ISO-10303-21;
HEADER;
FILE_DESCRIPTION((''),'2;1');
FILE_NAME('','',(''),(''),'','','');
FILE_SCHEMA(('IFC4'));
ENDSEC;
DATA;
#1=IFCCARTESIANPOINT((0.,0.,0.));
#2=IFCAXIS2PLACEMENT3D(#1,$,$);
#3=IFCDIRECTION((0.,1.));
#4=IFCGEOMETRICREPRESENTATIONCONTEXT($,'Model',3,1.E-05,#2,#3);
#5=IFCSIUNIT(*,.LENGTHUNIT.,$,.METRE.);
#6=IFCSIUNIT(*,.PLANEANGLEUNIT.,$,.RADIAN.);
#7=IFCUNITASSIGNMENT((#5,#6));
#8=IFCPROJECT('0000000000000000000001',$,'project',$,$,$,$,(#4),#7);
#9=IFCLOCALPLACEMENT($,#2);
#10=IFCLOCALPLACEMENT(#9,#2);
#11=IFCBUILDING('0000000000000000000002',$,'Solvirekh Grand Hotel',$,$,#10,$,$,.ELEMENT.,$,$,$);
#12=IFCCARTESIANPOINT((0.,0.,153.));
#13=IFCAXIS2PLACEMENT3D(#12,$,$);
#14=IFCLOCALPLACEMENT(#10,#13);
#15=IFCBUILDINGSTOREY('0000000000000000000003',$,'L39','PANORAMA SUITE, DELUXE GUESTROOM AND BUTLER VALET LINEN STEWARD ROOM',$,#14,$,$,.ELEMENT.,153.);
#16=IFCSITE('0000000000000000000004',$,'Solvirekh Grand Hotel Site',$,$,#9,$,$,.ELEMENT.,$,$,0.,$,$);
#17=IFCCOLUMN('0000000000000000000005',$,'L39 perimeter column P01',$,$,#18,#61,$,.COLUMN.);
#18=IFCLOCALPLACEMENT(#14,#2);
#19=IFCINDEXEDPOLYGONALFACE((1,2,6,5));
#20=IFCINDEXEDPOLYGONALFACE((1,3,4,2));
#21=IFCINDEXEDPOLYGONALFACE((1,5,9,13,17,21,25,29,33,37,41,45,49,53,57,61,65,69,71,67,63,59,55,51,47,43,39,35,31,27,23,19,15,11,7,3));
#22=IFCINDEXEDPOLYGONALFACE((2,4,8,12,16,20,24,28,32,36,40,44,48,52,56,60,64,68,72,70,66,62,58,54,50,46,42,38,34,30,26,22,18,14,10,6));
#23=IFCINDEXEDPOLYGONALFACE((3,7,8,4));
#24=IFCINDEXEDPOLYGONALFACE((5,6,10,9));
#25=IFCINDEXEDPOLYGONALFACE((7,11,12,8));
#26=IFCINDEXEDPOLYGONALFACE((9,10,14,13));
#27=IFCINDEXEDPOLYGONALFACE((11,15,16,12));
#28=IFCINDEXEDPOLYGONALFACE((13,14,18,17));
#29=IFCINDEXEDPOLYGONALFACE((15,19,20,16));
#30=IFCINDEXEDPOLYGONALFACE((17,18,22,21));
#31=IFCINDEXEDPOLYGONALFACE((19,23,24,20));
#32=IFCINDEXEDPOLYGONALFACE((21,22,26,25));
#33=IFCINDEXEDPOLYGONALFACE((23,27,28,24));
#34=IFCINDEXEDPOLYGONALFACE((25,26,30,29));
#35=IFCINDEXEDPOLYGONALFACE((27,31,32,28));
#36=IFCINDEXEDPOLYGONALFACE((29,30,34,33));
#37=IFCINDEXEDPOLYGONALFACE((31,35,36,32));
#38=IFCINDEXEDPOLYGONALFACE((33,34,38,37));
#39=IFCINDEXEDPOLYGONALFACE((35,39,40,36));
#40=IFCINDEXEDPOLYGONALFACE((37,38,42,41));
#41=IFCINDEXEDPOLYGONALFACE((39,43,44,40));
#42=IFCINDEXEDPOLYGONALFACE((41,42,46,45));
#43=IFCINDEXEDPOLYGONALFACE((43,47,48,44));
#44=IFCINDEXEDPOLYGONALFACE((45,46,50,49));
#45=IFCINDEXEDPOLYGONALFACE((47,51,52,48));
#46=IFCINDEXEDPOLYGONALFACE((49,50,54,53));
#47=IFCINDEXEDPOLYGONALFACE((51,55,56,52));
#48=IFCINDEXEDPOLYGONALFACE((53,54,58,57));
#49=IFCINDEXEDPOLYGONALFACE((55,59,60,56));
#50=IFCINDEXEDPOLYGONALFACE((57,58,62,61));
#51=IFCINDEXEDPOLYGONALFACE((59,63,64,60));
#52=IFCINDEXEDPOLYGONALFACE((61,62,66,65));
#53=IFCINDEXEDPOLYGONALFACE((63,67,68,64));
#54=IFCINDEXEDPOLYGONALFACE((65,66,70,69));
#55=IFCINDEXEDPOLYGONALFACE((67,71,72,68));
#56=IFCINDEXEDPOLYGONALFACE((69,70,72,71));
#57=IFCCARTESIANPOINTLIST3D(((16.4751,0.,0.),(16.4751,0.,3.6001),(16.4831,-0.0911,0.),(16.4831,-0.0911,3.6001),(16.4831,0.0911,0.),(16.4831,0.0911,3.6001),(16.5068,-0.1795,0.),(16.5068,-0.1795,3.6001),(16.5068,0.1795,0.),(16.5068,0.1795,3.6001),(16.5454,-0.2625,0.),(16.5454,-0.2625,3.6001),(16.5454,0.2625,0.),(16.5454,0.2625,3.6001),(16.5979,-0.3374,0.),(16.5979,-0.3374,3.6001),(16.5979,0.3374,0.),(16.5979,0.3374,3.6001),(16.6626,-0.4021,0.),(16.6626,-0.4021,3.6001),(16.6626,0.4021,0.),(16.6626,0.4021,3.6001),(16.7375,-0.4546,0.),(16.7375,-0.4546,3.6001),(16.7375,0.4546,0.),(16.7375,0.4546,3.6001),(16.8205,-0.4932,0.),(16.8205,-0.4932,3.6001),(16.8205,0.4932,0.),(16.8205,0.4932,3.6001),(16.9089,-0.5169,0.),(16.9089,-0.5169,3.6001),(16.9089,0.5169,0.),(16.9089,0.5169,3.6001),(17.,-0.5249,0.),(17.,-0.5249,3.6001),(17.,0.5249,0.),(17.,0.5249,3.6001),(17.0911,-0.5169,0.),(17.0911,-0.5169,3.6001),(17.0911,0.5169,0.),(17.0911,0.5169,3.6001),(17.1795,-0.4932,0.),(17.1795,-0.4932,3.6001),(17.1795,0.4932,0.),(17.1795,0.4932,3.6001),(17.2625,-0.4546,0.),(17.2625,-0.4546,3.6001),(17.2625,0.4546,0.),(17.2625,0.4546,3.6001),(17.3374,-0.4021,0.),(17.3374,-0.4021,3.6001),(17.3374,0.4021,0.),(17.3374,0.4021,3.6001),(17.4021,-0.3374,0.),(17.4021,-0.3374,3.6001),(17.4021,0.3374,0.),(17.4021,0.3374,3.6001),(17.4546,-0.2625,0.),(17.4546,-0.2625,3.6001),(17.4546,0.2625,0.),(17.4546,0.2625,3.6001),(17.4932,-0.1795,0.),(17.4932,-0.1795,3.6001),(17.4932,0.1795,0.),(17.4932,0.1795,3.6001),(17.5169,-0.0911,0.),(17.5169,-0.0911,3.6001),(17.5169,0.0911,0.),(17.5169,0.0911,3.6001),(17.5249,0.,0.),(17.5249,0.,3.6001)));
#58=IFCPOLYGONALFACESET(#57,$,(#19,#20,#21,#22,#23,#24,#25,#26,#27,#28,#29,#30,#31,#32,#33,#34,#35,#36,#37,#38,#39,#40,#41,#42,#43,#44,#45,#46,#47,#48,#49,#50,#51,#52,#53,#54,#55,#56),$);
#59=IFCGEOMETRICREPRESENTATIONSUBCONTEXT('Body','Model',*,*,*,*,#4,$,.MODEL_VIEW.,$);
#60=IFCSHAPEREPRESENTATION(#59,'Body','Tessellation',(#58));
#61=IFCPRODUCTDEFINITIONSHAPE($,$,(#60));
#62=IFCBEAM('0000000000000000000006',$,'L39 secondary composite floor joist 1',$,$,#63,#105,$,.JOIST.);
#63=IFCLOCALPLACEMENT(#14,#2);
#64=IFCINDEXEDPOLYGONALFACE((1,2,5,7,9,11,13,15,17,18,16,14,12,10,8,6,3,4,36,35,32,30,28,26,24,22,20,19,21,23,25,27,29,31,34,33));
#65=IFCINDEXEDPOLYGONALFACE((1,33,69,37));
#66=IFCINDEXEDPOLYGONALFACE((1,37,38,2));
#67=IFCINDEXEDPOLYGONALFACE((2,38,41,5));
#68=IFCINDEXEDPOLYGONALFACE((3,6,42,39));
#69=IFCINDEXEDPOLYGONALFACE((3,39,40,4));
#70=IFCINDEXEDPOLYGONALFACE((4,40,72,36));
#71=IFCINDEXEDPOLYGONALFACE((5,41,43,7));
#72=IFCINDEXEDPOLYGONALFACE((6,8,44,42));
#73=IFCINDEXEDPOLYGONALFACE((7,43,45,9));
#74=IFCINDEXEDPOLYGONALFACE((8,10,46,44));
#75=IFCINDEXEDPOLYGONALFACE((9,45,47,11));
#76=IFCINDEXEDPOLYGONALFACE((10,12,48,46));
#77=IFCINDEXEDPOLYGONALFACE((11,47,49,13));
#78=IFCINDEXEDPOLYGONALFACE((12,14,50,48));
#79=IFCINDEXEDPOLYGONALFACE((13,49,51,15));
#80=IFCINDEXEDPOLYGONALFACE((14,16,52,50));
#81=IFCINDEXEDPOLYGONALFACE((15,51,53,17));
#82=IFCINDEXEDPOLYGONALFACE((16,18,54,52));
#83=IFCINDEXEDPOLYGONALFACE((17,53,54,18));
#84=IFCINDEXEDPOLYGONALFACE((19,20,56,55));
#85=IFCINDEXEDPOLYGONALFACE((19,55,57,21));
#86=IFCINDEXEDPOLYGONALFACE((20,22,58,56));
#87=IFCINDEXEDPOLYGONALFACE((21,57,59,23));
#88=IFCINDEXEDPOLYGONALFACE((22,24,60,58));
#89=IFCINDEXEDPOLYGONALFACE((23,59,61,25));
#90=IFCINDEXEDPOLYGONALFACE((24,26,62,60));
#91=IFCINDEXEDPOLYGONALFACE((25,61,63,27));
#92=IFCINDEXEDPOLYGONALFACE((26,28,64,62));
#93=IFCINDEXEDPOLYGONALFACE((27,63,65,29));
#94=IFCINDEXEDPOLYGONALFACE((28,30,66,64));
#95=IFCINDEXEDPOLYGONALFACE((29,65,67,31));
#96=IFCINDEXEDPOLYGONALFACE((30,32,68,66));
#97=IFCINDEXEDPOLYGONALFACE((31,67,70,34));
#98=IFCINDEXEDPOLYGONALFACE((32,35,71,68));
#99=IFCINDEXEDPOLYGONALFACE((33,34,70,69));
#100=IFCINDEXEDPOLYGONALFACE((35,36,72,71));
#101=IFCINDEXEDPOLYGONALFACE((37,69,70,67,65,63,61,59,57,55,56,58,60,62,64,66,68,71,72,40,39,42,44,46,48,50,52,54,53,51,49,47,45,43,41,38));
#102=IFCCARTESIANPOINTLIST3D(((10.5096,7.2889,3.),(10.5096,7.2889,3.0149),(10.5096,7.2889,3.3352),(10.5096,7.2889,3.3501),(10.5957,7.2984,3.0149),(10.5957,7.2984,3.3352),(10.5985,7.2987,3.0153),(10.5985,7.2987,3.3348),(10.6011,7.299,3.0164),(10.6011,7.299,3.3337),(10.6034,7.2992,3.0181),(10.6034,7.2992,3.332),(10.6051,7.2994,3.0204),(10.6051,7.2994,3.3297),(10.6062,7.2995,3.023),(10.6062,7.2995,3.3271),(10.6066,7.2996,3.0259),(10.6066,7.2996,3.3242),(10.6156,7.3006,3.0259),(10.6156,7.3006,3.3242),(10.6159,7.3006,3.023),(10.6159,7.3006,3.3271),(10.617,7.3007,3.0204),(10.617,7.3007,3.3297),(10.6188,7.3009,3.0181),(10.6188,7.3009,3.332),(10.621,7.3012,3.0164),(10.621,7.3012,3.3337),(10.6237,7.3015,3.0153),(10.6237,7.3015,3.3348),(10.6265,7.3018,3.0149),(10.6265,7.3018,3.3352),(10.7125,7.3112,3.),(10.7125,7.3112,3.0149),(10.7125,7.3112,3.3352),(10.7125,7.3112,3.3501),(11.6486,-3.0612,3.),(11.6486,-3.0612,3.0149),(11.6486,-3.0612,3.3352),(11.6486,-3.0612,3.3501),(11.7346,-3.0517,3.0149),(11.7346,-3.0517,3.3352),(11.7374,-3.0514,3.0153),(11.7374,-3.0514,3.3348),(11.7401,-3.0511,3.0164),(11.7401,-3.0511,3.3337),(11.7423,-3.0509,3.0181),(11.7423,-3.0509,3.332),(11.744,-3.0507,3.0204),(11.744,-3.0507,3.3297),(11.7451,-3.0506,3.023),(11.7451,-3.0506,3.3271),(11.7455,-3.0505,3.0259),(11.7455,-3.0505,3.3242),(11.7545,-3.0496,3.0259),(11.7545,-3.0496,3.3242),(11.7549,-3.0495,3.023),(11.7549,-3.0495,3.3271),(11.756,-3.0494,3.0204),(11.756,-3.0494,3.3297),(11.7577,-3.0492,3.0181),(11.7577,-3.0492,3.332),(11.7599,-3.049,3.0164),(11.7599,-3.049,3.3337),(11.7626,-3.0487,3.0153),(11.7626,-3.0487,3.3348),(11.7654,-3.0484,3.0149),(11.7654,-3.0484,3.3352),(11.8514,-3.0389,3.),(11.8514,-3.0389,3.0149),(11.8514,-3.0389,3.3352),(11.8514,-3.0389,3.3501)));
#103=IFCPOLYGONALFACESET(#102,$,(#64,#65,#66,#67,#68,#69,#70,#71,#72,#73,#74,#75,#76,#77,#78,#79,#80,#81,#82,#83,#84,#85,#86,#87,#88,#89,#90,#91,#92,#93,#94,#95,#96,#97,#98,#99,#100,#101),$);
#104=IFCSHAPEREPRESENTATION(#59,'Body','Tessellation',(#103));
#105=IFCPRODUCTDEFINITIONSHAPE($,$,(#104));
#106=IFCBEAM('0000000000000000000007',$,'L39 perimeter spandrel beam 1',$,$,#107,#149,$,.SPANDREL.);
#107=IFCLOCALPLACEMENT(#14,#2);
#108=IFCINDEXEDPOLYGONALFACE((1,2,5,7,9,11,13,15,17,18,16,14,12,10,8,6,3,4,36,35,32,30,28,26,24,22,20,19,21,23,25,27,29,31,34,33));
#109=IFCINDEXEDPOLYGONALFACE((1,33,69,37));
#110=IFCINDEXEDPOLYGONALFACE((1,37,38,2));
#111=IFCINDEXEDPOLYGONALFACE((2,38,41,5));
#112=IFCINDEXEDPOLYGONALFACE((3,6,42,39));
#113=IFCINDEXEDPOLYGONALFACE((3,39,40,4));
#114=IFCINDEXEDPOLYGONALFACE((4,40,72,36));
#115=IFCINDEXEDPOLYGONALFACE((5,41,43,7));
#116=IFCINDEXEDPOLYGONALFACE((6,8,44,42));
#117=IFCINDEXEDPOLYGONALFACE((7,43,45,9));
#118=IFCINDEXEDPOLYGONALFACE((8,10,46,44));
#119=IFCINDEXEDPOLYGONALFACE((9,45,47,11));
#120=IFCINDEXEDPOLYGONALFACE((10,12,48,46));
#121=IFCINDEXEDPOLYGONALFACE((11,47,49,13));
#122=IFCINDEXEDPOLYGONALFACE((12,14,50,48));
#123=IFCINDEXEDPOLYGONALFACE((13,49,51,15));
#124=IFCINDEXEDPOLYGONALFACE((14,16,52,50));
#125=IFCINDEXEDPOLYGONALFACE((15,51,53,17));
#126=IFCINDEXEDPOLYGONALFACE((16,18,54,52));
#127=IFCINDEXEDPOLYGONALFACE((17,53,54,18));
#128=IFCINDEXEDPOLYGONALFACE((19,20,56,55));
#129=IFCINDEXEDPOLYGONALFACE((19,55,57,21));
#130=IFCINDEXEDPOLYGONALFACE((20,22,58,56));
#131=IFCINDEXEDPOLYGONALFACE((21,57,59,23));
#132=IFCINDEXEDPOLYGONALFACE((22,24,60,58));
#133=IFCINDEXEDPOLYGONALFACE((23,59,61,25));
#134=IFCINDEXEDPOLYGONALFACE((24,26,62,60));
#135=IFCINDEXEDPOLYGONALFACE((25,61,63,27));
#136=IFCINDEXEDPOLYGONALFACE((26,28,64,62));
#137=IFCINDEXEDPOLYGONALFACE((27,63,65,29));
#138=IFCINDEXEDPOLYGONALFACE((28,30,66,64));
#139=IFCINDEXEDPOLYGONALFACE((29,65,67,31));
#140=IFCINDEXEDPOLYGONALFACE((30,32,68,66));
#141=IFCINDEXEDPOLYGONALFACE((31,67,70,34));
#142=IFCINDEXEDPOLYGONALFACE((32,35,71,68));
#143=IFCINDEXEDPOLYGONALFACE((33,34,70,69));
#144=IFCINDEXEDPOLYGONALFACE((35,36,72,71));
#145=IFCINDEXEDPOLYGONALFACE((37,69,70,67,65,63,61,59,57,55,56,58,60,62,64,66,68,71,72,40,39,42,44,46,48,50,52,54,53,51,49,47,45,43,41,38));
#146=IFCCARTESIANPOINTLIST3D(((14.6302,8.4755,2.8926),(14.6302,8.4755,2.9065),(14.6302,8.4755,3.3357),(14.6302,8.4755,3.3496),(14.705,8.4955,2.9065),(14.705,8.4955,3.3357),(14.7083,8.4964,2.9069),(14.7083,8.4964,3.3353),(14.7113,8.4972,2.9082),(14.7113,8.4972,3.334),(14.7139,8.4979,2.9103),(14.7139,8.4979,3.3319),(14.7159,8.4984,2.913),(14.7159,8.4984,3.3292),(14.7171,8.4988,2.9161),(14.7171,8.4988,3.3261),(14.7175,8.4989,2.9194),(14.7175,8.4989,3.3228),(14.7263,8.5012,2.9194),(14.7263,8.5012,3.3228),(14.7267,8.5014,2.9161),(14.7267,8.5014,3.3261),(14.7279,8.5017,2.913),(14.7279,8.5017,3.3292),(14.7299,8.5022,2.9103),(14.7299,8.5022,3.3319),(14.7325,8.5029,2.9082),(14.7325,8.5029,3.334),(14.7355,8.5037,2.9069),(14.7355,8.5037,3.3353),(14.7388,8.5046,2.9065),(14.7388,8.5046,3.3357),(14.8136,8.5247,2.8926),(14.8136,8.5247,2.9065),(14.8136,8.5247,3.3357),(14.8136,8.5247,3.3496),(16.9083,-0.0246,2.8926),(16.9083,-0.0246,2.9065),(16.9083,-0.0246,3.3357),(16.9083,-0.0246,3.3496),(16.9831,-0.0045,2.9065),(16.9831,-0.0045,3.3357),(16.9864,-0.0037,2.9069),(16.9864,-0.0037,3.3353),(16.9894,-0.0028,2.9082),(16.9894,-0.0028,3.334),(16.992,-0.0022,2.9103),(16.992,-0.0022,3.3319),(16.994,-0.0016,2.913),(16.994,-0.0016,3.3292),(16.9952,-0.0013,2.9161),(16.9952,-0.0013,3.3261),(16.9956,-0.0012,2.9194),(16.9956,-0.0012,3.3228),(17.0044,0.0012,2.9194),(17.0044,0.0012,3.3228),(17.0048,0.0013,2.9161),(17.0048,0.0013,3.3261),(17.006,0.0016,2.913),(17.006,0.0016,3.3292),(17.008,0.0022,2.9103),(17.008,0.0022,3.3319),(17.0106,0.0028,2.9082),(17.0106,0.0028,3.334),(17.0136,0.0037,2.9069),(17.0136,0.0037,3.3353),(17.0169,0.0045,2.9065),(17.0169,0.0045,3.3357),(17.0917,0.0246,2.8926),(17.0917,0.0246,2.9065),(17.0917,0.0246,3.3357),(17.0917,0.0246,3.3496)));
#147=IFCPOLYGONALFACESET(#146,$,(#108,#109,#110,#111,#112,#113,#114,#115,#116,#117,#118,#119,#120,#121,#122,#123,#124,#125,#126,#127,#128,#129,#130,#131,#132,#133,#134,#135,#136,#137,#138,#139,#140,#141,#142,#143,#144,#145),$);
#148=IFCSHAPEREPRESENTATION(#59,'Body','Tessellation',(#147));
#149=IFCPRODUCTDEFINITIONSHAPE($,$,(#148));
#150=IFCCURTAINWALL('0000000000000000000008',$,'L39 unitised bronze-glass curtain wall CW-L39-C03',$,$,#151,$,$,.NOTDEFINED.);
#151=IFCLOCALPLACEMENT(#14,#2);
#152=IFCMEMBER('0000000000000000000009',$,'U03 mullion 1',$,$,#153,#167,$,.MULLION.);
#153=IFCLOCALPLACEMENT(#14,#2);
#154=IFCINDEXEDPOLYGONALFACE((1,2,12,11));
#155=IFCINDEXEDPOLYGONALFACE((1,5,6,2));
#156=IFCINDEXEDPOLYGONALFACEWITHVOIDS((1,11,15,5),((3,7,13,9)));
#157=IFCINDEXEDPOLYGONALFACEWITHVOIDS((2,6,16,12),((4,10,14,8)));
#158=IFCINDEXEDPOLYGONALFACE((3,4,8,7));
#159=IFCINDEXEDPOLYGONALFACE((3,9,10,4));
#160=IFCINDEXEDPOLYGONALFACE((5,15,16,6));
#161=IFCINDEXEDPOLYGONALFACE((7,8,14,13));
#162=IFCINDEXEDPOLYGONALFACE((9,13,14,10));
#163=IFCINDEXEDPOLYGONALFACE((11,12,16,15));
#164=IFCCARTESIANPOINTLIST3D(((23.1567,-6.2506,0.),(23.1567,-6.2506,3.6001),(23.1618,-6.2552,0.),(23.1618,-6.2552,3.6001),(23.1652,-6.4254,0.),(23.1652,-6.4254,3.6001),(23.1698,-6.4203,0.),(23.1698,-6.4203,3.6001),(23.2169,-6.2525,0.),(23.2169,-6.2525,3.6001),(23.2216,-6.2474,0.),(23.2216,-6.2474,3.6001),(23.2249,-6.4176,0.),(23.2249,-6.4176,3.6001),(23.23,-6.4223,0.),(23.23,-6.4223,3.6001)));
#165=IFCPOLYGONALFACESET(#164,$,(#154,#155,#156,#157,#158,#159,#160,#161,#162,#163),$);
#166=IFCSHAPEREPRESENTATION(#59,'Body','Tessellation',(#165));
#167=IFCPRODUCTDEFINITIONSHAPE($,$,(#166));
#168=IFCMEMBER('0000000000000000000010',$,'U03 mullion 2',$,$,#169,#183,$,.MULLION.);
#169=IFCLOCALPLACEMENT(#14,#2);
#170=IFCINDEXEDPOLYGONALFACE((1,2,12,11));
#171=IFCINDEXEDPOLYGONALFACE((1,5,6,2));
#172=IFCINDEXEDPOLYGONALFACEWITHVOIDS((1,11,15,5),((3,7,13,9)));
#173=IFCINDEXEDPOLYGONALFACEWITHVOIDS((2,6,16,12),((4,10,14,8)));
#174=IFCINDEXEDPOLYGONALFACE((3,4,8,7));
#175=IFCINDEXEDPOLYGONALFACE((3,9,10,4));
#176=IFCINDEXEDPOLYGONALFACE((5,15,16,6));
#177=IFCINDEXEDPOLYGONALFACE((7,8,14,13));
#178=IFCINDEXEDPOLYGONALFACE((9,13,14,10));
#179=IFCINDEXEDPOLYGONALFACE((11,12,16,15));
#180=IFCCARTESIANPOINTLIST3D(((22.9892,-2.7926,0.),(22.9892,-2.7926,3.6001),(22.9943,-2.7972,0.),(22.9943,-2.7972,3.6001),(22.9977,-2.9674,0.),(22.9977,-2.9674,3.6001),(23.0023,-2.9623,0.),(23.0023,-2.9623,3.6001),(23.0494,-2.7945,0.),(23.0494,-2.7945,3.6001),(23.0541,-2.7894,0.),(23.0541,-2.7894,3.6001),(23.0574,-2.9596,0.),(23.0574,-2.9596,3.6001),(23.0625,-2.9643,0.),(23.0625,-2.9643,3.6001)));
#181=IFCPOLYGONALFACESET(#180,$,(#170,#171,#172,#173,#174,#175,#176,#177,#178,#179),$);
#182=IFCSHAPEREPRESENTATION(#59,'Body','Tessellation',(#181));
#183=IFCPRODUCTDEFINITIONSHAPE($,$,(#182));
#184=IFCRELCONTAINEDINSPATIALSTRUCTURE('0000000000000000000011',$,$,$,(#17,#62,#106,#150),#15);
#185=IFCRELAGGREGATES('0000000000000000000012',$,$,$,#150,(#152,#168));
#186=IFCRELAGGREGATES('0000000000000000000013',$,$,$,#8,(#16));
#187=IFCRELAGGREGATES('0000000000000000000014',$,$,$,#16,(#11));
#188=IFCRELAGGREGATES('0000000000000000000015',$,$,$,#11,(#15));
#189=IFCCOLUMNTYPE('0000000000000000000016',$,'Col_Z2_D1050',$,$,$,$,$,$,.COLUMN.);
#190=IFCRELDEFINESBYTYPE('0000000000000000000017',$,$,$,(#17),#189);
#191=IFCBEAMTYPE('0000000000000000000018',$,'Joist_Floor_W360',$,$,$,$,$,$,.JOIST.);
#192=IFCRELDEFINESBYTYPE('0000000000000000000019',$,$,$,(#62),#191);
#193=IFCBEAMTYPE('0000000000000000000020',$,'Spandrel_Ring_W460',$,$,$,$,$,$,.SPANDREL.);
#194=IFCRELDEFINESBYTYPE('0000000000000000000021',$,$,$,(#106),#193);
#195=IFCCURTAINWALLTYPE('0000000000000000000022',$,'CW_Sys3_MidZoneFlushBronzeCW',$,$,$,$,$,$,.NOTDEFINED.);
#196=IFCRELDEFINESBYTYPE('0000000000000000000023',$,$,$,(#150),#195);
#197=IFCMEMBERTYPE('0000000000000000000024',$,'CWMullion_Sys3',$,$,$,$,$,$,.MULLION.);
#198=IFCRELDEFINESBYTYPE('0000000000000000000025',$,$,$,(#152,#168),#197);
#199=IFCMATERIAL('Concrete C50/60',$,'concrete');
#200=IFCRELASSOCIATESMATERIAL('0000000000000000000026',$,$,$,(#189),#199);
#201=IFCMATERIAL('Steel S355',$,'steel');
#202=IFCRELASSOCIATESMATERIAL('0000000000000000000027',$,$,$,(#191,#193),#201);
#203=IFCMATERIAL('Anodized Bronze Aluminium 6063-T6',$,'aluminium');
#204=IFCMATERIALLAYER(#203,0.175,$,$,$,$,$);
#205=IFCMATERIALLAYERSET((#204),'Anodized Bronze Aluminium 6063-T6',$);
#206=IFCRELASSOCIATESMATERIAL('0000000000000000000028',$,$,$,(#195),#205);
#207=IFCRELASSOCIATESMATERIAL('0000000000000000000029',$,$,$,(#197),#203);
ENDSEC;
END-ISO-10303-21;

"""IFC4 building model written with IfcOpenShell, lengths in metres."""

from ifc_helpers import new_model, si_unit, direction, frame, origin, origin_2d, place, context, subcontext, project, spatial, hollow_rectangle, circle, i_section, extrude, source, transform, mapped, material, layer, layer_set, material_profile, profile_set, type_object, element, aggregate, save


model = new_model("IFC4")

# Units and contexts
model_context = context("Model", 3, precision=1e-05, world=origin(), true_north=direction((0.0, 1.0)))
body_context = subcontext(model_context, "Body", "Model", "MODEL_VIEW")
ifc_project = project(units=[si_unit("LENGTHUNIT", "METRE"), si_unit("PLANEANGLEUNIT", "RADIAN")], contexts=[model_context])

# Site, building, storey
site_placement = place(None, origin())
site = spatial("IfcSite", under=ifc_project, at=site_placement, Name="Solvirekh Grand Hotel Site", CompositionType="ELEMENT", RefElevation=0.0)
building_placement = place(site_placement, origin())
building = spatial("IfcBuilding", under=site, at=building_placement, Name="Solvirekh Grand Hotel", CompositionType="ELEMENT")
storey_placement = place(building_placement, frame((0.0, 0.0, 153.0)))
storey = spatial("IfcBuildingStorey", under=building, at=storey_placement, Name="L39", Description="PANORAMA SUITE, DELUXE GUESTROOM AND BUTLER VALET LINEN STEWARD ROOM", CompositionType="ELEMENT", Elevation=153.0)

# Column
ifc_material_1 = material(Name="Concrete C50/60", Category="concrete")
ifc_material_profile_1 = material_profile(ifc_material_1, circle(Radius=0.5249, at=origin_2d()), Name="RC CIRC D1050")
ifc_profile_set_1 = profile_set([ifc_material_profile_1], Name="Concrete C50/60")
column_type = type_object("IfcColumnType", Name="Col_Z2_D1050", PredefinedType="COLUMN", material=ifc_profile_set_1)
column_placement = place(storey_placement, frame((17.0, 0.0, 0.0), z_axis=(0.0, 0.0, 1.0), x_axis=(1.0, 0.0, 0.0)))
element("IfcColumn", 1, at=column_placement, inside=storey, type_object=column_type, Name="L39 perimeter column P01", PredefinedType="COLUMN", context=body_context, shape_type="SweptSolid", body=[
    extrude(circle(Radius=0.5249, at=origin_2d()), origin(), (0.0, 0.0, 1.0), 3.6001),
])

# Beams
ifc_material_2 = material(Name="Steel S355", Category="steel")
ifc_material_profile_2 = material_profile(ifc_material_2, i_section(OverallWidth=0.2041, OverallDepth=0.3501, WebThickness=0.009, FlangeThickness=0.0149, FilletRadius=0.011, at=origin_2d()), Name="W360X72")
ifc_profile_set_2 = profile_set([ifc_material_profile_2], Name="Steel S355")
beam_type_1 = type_object("IfcBeamType", Name="Joist_Floor_W360", PredefinedType="JOIST", material=ifc_profile_set_2)
beam_1_placement = place(storey_placement, frame((11.75, -3.05, 3.175), z_axis=(-0.109379, 0.994, 0.0), x_axis=(-0.994, -0.109379, 0.0)))
element("IfcBeam", 2, at=beam_1_placement, inside=storey, type_object=beam_type_1, Name="L39 secondary composite floor joist 1", PredefinedType="JOIST", context=body_context, shape_type="SweptSolid", body=[
    extrude(i_section(OverallWidth=0.2041, OverallDepth=0.3501, WebThickness=0.009, FlangeThickness=0.0149, FilletRadius=0.011, at=origin_2d()), origin(), (0.0, 0.0, 1.0), 10.4126),
])
ifc_material_profile_3 = material_profile(ifc_material_2, i_section(OverallWidth=0.1899, OverallDepth=0.457, WebThickness=0.009, FlangeThickness=0.0139, FilletRadius=0.0129, at=origin_2d()), Name="W460X74")
ifc_profile_set_3 = profile_set([ifc_material_profile_3], Name="Steel S355")
beam_type_2 = type_object("IfcBeamType", Name="Spandrel_Ring_W460", PredefinedType="SPANDREL", material=ifc_profile_set_3)
beam_2_placement = place(storey_placement, frame((17.0, 0.0, 3.1211), z_axis=(-0.258873, 0.965911, 0.0), x_axis=(-0.965911, -0.258873, 0.0)))
element("IfcBeam", 3, at=beam_2_placement, inside=storey, type_object=beam_type_2, Name="L39 perimeter spandrel beam 1", PredefinedType="SPANDREL", context=body_context, shape_type="SweptSolid", body=[
    extrude(i_section(OverallWidth=0.1899, OverallDepth=0.457, WebThickness=0.009, FlangeThickness=0.0139, FilletRadius=0.0129, at=origin_2d()), origin(), (0.0, 0.0, 1.0), 8.8),
])

# Curtain wall, members
ifc_material_3 = material(Name="Anodized Bronze Aluminium 6063-T6", Category="aluminium")
ifc_layer_1 = layer(ifc_material_3, 0.175)
ifc_layer_set_1 = layer_set([ifc_layer_1], Name="Anodized Bronze Aluminium 6063-T6")
curtain_wall_type = type_object("IfcCurtainWallType", Name="CW_Sys3_MidZoneFlushBronzeCW", PredefinedType="NOTDEFINED", material=ifc_layer_set_1)
curtain_wall_placement = place(storey_placement, origin())
curtain_wall = element("IfcCurtainWall", 4, at=curtain_wall_placement, inside=storey, type_object=curtain_wall_type, Name="L39 unitised bronze-glass curtain wall CW-L39-C03", PredefinedType="NOTDEFINED")
ifc_material_profile_4 = material_profile(ifc_material_3, hollow_rectangle(XDim=0.0649, YDim=0.175, WallThickness=0.0049, at=origin_2d()), Name="ALU RHS 175X65X5")
ifc_profile_set_4 = profile_set([ifc_material_profile_4], Name="Anodized Bronze Aluminium 6063-T6")
member_type_1 = type_object("IfcMemberType", Name="CWMullion_Sys3", PredefinedType="MULLION", material=ifc_profile_set_4)
shared_shape_1 = source(origin(), body_context, "Body", "SweptSolid", [
    extrude(hollow_rectangle(XDim=0.0649, YDim=0.175, WallThickness=0.0049, at=origin_2d()), origin(), (0.0, 0.0, 1.0), 3.6001),
])
member_1_placement = place(storey_placement, frame((23.1934, -6.3364, 0.0), z_axis=(0.0, 0.0, 1.0), x_axis=(-0.99883, -0.04836, 0.0)))
member_1 = element("IfcMember", 5, at=member_1_placement, type_object=member_type_1, Name="U03 mullion 1", PredefinedType="MULLION", context=body_context, shape_type="MappedRepresentation", body=[
    mapped(shared_shape_1, transform((0.0, 0.0, 0.0), x_axis=(1.0, 0.0, 0.0), y_axis=(0.0, 1.0, 0.0), z_axis=(0.0, 0.0, 1.0), scale=1.0)),
])
member_2_placement = place(storey_placement, frame((23.0259, -2.8784, 0.0), z_axis=(0.0, 0.0, 1.0), x_axis=(-0.99883, -0.04836, 0.0)))
member_2 = element("IfcMember", 6, at=member_2_placement, type_object=member_type_1, Name="U03 mullion 2", PredefinedType="MULLION", context=body_context, shape_type="MappedRepresentation", body=[
    mapped(shared_shape_1, transform((0.0, 0.0, 0.0), x_axis=(1.0, 0.0, 0.0), y_axis=(0.0, 1.0, 0.0), z_axis=(0.0, 0.0, 1.0), scale=1.0)),
])
aggregate(curtain_wall, [member_1, member_2])

save(model, "model.ifc")
